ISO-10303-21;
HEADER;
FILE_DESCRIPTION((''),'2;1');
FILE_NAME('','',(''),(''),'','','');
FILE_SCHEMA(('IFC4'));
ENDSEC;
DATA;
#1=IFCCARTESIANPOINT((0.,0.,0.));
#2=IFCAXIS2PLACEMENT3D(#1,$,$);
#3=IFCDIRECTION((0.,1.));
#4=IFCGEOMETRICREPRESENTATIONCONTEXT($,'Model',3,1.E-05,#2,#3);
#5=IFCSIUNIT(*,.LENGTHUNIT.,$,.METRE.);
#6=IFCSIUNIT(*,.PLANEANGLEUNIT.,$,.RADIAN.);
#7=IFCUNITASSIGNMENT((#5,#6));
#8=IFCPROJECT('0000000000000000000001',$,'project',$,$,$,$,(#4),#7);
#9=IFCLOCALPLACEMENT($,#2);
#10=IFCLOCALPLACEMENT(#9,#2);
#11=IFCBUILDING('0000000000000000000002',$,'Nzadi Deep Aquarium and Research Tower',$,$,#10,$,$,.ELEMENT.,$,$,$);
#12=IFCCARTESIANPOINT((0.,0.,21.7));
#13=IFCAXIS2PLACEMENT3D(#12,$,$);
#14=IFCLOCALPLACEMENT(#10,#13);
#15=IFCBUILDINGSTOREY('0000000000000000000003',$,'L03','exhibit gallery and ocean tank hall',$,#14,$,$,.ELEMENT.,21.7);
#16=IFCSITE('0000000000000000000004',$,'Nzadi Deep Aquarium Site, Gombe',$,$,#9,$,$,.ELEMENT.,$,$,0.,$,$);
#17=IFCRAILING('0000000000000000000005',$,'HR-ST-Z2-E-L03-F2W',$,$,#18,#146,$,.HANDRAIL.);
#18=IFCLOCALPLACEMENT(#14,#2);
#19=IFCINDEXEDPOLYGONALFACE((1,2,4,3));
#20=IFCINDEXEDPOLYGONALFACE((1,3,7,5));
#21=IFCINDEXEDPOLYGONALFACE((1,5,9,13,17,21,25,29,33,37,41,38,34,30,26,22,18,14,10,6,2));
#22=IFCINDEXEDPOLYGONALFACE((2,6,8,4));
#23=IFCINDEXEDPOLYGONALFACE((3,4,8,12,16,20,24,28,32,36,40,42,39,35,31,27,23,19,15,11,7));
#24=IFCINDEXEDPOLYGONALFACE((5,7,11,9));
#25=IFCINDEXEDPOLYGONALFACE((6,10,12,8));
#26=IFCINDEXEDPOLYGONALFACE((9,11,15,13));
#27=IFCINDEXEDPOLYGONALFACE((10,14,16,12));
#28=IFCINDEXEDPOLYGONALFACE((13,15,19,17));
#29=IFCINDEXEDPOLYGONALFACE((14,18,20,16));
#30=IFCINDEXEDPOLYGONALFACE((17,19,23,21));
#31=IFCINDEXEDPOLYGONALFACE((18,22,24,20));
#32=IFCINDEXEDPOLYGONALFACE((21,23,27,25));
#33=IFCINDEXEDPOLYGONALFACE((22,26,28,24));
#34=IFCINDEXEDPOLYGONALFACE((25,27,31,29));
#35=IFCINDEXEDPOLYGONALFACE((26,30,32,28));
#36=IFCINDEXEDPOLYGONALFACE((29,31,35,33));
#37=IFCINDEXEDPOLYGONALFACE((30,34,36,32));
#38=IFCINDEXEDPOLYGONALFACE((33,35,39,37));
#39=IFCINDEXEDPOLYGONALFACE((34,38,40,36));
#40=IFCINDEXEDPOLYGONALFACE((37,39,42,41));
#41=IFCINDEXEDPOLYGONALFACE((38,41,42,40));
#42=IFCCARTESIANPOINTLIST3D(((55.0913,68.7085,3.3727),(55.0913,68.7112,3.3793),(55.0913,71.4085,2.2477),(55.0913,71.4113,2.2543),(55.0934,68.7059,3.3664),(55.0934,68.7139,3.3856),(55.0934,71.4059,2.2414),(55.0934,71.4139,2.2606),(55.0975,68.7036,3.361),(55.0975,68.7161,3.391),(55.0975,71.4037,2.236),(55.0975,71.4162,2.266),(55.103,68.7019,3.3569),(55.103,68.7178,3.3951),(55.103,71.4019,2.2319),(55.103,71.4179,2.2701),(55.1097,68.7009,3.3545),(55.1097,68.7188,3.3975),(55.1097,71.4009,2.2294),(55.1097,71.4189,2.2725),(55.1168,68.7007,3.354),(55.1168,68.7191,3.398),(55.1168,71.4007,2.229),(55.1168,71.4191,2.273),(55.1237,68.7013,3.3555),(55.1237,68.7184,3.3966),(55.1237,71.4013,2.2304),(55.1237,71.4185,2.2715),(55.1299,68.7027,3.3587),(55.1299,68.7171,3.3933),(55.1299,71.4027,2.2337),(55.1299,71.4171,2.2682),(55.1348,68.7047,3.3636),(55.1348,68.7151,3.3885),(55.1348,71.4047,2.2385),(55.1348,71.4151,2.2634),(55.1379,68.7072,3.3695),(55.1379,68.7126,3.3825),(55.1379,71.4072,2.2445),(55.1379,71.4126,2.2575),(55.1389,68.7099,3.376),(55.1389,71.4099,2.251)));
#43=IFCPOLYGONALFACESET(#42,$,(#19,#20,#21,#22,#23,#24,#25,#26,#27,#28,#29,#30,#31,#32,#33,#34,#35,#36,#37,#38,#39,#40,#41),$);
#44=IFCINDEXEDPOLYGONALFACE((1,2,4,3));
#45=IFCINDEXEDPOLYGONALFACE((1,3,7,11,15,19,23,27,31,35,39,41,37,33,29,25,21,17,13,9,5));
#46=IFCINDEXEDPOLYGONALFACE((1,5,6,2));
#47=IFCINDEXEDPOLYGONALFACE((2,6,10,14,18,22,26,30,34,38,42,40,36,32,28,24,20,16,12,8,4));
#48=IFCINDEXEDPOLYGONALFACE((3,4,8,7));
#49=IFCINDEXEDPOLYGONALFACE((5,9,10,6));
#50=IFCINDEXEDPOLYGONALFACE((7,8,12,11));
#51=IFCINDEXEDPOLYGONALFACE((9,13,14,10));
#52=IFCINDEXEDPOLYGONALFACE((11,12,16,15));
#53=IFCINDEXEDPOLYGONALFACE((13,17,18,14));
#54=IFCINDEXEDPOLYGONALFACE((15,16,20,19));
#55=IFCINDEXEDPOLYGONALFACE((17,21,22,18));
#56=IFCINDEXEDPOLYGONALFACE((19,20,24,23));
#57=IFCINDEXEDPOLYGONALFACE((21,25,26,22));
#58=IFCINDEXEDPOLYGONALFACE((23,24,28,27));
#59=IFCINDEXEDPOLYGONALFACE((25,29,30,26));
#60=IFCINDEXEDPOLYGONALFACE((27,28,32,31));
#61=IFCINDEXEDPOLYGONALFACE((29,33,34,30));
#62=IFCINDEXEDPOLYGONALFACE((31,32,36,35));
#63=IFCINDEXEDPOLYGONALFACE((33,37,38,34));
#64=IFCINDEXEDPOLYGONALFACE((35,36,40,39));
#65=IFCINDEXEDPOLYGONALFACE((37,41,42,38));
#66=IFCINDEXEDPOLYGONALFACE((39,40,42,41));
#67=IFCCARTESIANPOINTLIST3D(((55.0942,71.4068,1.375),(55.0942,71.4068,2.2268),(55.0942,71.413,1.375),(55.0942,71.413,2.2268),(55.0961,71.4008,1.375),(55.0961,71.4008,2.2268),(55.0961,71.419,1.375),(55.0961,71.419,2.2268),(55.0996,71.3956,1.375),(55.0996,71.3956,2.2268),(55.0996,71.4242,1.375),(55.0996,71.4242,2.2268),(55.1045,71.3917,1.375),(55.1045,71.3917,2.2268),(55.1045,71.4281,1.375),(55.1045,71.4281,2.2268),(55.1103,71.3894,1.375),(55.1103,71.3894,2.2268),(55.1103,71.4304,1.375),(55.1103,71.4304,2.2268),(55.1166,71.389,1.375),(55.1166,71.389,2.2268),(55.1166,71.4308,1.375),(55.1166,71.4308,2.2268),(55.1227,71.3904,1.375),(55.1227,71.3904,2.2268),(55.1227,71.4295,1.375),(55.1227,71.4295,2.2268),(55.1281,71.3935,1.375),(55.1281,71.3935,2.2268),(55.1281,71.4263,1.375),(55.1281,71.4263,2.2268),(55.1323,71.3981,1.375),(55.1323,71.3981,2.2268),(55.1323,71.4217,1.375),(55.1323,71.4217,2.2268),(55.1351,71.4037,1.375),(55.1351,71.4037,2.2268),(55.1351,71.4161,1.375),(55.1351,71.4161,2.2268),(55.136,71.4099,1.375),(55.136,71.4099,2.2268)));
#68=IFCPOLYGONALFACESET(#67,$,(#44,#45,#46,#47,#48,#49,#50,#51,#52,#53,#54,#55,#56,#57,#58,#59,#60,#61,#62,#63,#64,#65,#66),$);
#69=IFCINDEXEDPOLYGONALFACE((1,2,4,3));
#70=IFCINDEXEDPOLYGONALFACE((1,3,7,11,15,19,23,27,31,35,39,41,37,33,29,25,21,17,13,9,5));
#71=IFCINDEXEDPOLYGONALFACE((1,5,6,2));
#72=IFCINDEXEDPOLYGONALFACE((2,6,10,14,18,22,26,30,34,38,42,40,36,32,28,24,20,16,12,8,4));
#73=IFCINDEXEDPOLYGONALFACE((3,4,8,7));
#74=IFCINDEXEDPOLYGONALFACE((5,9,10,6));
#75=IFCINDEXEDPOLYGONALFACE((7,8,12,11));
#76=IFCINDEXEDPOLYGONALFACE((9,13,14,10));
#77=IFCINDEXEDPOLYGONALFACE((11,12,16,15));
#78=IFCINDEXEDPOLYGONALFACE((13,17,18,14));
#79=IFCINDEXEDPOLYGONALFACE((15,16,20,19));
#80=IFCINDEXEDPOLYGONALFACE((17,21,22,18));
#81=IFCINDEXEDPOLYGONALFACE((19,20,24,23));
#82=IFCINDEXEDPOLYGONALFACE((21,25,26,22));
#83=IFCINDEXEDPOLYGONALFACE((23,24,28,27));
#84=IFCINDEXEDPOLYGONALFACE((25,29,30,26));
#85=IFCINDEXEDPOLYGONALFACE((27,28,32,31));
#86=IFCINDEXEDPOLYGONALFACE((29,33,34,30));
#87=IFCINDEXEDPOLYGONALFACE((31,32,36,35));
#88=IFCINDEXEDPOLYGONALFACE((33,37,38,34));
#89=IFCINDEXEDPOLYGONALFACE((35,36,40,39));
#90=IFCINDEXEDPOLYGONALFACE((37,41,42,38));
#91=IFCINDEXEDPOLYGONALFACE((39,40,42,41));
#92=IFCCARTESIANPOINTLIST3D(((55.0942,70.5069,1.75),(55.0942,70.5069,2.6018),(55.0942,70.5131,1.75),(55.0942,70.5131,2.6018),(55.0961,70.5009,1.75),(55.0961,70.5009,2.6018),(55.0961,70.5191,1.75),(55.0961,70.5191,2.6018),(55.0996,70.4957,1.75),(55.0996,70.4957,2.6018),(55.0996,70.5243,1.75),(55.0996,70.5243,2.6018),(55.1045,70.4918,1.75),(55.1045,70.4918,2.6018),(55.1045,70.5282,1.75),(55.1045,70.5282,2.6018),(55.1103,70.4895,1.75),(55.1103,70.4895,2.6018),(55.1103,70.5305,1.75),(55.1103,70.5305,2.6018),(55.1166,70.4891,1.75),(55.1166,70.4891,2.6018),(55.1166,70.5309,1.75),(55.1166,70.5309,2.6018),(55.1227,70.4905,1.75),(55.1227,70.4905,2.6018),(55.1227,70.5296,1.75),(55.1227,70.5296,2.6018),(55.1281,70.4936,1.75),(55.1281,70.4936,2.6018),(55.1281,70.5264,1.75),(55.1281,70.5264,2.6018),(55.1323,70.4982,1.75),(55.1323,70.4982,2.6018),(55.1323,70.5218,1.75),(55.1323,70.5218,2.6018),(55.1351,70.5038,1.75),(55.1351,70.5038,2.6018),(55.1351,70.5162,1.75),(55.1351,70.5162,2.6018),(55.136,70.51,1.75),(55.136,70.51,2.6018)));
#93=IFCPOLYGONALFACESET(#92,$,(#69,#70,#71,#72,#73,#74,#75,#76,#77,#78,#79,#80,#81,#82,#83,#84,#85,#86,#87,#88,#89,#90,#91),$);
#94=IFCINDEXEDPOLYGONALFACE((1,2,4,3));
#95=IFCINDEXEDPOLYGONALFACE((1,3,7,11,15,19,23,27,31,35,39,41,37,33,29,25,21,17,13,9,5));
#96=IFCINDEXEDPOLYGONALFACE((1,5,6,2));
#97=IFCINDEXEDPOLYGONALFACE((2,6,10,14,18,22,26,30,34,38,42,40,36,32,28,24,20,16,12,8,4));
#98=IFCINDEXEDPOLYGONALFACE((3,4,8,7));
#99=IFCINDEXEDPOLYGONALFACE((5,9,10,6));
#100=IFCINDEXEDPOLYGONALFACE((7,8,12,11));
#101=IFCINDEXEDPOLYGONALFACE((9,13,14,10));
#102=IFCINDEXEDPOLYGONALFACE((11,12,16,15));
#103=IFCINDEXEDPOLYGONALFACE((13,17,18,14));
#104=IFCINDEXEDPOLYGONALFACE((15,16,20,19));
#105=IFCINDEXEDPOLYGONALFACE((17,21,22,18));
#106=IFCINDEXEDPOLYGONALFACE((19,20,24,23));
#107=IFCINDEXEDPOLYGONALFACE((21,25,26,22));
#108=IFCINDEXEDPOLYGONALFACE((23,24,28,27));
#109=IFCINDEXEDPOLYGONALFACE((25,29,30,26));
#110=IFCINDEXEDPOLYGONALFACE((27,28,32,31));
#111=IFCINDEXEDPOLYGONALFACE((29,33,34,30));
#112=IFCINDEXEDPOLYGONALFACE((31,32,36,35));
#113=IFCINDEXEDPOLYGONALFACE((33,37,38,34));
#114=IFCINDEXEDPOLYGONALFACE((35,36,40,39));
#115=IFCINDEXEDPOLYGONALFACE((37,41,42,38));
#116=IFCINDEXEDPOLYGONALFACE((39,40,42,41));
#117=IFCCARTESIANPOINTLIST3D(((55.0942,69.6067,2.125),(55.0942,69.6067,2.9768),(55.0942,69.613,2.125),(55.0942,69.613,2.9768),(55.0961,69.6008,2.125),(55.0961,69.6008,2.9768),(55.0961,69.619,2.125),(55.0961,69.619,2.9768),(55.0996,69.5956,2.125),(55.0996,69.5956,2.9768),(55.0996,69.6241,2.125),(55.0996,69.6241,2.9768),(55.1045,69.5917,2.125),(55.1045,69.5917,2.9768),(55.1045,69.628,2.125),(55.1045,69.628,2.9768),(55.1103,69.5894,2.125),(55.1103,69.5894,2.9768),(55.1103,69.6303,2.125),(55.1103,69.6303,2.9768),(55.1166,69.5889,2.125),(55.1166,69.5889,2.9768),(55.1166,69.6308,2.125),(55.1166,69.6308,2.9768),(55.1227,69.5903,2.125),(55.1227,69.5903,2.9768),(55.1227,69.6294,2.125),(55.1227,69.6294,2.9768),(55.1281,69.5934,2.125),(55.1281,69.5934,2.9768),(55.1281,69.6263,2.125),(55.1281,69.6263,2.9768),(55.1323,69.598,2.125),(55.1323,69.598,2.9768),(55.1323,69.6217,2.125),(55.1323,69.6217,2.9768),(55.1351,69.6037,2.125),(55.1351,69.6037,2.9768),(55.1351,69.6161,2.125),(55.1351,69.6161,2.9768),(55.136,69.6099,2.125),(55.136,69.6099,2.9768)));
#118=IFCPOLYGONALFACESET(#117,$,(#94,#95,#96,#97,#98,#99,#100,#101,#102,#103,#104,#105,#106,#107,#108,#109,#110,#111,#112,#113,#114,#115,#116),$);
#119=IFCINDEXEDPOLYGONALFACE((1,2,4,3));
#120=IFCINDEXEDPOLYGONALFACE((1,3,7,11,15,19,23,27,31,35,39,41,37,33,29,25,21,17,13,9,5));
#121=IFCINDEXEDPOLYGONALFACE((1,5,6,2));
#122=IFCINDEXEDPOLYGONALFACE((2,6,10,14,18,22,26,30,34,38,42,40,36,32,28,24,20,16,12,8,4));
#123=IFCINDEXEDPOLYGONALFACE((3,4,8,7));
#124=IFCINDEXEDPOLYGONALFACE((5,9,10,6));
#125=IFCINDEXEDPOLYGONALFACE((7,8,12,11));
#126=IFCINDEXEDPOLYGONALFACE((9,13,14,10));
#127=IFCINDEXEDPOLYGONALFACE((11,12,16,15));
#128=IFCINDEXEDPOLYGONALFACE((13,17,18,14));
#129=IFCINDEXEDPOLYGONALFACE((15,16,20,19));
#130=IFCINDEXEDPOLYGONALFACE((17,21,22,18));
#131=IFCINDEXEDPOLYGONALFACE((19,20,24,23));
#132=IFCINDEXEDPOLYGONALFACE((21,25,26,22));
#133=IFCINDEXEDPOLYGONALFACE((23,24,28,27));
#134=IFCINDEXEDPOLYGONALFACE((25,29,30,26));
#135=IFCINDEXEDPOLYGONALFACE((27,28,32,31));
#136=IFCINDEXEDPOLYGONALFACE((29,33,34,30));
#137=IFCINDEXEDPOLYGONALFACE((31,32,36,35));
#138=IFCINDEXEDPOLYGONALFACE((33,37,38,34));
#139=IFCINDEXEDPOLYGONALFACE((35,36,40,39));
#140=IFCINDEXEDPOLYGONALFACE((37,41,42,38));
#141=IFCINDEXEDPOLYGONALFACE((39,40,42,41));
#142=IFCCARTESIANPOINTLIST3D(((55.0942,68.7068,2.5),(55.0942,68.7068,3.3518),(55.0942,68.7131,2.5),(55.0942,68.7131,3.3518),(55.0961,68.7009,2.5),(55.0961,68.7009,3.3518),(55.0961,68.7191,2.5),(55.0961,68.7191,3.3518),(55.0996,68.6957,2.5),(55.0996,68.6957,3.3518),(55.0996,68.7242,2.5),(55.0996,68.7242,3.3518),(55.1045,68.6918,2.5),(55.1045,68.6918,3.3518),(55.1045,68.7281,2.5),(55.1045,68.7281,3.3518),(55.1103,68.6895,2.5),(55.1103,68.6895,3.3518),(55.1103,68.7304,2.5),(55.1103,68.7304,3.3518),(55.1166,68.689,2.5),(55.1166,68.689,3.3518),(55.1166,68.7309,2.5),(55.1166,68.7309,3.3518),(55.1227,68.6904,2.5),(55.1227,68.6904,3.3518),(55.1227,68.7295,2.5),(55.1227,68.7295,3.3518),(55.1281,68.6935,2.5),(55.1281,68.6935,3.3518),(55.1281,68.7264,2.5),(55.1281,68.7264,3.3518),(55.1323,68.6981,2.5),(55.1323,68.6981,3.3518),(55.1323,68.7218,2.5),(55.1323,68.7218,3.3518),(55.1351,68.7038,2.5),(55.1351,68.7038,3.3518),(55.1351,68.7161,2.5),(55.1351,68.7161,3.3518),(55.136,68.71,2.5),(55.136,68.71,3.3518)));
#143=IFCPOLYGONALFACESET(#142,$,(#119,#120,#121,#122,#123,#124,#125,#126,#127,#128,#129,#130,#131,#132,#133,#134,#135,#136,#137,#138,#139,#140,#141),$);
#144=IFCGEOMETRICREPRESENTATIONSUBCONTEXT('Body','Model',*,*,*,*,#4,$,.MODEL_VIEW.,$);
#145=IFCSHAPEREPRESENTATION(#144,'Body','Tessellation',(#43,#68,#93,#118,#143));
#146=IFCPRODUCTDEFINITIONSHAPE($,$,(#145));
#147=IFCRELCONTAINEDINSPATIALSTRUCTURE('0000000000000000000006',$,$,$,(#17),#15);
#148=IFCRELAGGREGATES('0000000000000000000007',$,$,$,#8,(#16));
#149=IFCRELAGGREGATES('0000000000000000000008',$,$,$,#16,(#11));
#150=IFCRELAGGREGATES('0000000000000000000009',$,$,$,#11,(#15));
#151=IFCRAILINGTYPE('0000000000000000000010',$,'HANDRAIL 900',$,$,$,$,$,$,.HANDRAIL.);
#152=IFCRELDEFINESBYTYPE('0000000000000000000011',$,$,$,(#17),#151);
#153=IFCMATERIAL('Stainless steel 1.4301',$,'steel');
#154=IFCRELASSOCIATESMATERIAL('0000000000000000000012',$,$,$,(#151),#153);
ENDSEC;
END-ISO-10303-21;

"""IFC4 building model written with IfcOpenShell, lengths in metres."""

from ifc_helpers import new_model, si_unit, direction, frame, origin, origin_2d, place, context, subcontext, project, spatial, circle, extrude, material, type_object, element, save


model = new_model("IFC4")

# Units and contexts
model_context = context("Model", 3, precision=1e-05, world=origin(), true_north=direction((0.0, 1.0)))
body_context = subcontext(model_context, "Body", "Model", "MODEL_VIEW")
ifc_project = project(units=[si_unit("LENGTHUNIT", "METRE"), si_unit("PLANEANGLEUNIT", "RADIAN")], contexts=[model_context])

# Site, building, storey
site_placement = place(None, origin())
site = spatial("IfcSite", under=ifc_project, at=site_placement, Name="Nzadi Deep Aquarium Site, Gombe", CompositionType="ELEMENT", RefElevation=0.0)
building_placement = place(site_placement, origin())
building = spatial("IfcBuilding", under=site, at=building_placement, Name="Nzadi Deep Aquarium and Research Tower", CompositionType="ELEMENT")
storey_placement = place(building_placement, frame((0.0, 0.0, 21.7)))
storey = spatial("IfcBuildingStorey", under=building, at=storey_placement, Name="L03", Description="exhibit gallery and ocean tank hall", CompositionType="ELEMENT", Elevation=21.7)

# Railing
ifc_material_1 = material(Name="Stainless steel 1.4301", Category="steel")
railing_type = type_object("IfcRailingType", Name="HANDRAIL 900", PredefinedType="HANDRAIL", material=ifc_material_1)
for number, where, name in (
    (1, (55.115, 71.4099, 1.375), "HR-ST-Z2-E-L03-F2W"),
):
    element("IfcRailing", number, at=place(storey_placement, frame(where)), inside=storey, type_object=railing_type, Name=name, PredefinedType="HANDRAIL", context=body_context, shape_type="SweptSolid", body=[
        extrude(circle(Radius=0.0239, at=origin_2d()), frame((0.0, 0.0, 0.876), z_axis=(0.0, -0.923074, 0.384621), x_axis=(1.0, 0.0, 0.0)), (0.0, 0.0, 1.0), 2.925),
        extrude(circle(Radius=0.021, at=origin_2d()), origin(), (0.0, 0.0, 1.0), 0.8518),
        extrude(circle(Radius=0.021, at=origin_2d()), frame((0.0, -0.8999, 0.375)), (0.0, 0.0, 1.0), 0.8518),
        extrude(circle(Radius=0.021, at=origin_2d()), frame((0.0, -1.8, 0.75)), (0.0, 0.0, 1.0), 0.8518),
        extrude(circle(Radius=0.021, at=origin_2d()), frame((0.0, -2.7, 1.125)), (0.0, 0.0, 1.0), 0.8518),
    ])

save(model, "model.ifc")
